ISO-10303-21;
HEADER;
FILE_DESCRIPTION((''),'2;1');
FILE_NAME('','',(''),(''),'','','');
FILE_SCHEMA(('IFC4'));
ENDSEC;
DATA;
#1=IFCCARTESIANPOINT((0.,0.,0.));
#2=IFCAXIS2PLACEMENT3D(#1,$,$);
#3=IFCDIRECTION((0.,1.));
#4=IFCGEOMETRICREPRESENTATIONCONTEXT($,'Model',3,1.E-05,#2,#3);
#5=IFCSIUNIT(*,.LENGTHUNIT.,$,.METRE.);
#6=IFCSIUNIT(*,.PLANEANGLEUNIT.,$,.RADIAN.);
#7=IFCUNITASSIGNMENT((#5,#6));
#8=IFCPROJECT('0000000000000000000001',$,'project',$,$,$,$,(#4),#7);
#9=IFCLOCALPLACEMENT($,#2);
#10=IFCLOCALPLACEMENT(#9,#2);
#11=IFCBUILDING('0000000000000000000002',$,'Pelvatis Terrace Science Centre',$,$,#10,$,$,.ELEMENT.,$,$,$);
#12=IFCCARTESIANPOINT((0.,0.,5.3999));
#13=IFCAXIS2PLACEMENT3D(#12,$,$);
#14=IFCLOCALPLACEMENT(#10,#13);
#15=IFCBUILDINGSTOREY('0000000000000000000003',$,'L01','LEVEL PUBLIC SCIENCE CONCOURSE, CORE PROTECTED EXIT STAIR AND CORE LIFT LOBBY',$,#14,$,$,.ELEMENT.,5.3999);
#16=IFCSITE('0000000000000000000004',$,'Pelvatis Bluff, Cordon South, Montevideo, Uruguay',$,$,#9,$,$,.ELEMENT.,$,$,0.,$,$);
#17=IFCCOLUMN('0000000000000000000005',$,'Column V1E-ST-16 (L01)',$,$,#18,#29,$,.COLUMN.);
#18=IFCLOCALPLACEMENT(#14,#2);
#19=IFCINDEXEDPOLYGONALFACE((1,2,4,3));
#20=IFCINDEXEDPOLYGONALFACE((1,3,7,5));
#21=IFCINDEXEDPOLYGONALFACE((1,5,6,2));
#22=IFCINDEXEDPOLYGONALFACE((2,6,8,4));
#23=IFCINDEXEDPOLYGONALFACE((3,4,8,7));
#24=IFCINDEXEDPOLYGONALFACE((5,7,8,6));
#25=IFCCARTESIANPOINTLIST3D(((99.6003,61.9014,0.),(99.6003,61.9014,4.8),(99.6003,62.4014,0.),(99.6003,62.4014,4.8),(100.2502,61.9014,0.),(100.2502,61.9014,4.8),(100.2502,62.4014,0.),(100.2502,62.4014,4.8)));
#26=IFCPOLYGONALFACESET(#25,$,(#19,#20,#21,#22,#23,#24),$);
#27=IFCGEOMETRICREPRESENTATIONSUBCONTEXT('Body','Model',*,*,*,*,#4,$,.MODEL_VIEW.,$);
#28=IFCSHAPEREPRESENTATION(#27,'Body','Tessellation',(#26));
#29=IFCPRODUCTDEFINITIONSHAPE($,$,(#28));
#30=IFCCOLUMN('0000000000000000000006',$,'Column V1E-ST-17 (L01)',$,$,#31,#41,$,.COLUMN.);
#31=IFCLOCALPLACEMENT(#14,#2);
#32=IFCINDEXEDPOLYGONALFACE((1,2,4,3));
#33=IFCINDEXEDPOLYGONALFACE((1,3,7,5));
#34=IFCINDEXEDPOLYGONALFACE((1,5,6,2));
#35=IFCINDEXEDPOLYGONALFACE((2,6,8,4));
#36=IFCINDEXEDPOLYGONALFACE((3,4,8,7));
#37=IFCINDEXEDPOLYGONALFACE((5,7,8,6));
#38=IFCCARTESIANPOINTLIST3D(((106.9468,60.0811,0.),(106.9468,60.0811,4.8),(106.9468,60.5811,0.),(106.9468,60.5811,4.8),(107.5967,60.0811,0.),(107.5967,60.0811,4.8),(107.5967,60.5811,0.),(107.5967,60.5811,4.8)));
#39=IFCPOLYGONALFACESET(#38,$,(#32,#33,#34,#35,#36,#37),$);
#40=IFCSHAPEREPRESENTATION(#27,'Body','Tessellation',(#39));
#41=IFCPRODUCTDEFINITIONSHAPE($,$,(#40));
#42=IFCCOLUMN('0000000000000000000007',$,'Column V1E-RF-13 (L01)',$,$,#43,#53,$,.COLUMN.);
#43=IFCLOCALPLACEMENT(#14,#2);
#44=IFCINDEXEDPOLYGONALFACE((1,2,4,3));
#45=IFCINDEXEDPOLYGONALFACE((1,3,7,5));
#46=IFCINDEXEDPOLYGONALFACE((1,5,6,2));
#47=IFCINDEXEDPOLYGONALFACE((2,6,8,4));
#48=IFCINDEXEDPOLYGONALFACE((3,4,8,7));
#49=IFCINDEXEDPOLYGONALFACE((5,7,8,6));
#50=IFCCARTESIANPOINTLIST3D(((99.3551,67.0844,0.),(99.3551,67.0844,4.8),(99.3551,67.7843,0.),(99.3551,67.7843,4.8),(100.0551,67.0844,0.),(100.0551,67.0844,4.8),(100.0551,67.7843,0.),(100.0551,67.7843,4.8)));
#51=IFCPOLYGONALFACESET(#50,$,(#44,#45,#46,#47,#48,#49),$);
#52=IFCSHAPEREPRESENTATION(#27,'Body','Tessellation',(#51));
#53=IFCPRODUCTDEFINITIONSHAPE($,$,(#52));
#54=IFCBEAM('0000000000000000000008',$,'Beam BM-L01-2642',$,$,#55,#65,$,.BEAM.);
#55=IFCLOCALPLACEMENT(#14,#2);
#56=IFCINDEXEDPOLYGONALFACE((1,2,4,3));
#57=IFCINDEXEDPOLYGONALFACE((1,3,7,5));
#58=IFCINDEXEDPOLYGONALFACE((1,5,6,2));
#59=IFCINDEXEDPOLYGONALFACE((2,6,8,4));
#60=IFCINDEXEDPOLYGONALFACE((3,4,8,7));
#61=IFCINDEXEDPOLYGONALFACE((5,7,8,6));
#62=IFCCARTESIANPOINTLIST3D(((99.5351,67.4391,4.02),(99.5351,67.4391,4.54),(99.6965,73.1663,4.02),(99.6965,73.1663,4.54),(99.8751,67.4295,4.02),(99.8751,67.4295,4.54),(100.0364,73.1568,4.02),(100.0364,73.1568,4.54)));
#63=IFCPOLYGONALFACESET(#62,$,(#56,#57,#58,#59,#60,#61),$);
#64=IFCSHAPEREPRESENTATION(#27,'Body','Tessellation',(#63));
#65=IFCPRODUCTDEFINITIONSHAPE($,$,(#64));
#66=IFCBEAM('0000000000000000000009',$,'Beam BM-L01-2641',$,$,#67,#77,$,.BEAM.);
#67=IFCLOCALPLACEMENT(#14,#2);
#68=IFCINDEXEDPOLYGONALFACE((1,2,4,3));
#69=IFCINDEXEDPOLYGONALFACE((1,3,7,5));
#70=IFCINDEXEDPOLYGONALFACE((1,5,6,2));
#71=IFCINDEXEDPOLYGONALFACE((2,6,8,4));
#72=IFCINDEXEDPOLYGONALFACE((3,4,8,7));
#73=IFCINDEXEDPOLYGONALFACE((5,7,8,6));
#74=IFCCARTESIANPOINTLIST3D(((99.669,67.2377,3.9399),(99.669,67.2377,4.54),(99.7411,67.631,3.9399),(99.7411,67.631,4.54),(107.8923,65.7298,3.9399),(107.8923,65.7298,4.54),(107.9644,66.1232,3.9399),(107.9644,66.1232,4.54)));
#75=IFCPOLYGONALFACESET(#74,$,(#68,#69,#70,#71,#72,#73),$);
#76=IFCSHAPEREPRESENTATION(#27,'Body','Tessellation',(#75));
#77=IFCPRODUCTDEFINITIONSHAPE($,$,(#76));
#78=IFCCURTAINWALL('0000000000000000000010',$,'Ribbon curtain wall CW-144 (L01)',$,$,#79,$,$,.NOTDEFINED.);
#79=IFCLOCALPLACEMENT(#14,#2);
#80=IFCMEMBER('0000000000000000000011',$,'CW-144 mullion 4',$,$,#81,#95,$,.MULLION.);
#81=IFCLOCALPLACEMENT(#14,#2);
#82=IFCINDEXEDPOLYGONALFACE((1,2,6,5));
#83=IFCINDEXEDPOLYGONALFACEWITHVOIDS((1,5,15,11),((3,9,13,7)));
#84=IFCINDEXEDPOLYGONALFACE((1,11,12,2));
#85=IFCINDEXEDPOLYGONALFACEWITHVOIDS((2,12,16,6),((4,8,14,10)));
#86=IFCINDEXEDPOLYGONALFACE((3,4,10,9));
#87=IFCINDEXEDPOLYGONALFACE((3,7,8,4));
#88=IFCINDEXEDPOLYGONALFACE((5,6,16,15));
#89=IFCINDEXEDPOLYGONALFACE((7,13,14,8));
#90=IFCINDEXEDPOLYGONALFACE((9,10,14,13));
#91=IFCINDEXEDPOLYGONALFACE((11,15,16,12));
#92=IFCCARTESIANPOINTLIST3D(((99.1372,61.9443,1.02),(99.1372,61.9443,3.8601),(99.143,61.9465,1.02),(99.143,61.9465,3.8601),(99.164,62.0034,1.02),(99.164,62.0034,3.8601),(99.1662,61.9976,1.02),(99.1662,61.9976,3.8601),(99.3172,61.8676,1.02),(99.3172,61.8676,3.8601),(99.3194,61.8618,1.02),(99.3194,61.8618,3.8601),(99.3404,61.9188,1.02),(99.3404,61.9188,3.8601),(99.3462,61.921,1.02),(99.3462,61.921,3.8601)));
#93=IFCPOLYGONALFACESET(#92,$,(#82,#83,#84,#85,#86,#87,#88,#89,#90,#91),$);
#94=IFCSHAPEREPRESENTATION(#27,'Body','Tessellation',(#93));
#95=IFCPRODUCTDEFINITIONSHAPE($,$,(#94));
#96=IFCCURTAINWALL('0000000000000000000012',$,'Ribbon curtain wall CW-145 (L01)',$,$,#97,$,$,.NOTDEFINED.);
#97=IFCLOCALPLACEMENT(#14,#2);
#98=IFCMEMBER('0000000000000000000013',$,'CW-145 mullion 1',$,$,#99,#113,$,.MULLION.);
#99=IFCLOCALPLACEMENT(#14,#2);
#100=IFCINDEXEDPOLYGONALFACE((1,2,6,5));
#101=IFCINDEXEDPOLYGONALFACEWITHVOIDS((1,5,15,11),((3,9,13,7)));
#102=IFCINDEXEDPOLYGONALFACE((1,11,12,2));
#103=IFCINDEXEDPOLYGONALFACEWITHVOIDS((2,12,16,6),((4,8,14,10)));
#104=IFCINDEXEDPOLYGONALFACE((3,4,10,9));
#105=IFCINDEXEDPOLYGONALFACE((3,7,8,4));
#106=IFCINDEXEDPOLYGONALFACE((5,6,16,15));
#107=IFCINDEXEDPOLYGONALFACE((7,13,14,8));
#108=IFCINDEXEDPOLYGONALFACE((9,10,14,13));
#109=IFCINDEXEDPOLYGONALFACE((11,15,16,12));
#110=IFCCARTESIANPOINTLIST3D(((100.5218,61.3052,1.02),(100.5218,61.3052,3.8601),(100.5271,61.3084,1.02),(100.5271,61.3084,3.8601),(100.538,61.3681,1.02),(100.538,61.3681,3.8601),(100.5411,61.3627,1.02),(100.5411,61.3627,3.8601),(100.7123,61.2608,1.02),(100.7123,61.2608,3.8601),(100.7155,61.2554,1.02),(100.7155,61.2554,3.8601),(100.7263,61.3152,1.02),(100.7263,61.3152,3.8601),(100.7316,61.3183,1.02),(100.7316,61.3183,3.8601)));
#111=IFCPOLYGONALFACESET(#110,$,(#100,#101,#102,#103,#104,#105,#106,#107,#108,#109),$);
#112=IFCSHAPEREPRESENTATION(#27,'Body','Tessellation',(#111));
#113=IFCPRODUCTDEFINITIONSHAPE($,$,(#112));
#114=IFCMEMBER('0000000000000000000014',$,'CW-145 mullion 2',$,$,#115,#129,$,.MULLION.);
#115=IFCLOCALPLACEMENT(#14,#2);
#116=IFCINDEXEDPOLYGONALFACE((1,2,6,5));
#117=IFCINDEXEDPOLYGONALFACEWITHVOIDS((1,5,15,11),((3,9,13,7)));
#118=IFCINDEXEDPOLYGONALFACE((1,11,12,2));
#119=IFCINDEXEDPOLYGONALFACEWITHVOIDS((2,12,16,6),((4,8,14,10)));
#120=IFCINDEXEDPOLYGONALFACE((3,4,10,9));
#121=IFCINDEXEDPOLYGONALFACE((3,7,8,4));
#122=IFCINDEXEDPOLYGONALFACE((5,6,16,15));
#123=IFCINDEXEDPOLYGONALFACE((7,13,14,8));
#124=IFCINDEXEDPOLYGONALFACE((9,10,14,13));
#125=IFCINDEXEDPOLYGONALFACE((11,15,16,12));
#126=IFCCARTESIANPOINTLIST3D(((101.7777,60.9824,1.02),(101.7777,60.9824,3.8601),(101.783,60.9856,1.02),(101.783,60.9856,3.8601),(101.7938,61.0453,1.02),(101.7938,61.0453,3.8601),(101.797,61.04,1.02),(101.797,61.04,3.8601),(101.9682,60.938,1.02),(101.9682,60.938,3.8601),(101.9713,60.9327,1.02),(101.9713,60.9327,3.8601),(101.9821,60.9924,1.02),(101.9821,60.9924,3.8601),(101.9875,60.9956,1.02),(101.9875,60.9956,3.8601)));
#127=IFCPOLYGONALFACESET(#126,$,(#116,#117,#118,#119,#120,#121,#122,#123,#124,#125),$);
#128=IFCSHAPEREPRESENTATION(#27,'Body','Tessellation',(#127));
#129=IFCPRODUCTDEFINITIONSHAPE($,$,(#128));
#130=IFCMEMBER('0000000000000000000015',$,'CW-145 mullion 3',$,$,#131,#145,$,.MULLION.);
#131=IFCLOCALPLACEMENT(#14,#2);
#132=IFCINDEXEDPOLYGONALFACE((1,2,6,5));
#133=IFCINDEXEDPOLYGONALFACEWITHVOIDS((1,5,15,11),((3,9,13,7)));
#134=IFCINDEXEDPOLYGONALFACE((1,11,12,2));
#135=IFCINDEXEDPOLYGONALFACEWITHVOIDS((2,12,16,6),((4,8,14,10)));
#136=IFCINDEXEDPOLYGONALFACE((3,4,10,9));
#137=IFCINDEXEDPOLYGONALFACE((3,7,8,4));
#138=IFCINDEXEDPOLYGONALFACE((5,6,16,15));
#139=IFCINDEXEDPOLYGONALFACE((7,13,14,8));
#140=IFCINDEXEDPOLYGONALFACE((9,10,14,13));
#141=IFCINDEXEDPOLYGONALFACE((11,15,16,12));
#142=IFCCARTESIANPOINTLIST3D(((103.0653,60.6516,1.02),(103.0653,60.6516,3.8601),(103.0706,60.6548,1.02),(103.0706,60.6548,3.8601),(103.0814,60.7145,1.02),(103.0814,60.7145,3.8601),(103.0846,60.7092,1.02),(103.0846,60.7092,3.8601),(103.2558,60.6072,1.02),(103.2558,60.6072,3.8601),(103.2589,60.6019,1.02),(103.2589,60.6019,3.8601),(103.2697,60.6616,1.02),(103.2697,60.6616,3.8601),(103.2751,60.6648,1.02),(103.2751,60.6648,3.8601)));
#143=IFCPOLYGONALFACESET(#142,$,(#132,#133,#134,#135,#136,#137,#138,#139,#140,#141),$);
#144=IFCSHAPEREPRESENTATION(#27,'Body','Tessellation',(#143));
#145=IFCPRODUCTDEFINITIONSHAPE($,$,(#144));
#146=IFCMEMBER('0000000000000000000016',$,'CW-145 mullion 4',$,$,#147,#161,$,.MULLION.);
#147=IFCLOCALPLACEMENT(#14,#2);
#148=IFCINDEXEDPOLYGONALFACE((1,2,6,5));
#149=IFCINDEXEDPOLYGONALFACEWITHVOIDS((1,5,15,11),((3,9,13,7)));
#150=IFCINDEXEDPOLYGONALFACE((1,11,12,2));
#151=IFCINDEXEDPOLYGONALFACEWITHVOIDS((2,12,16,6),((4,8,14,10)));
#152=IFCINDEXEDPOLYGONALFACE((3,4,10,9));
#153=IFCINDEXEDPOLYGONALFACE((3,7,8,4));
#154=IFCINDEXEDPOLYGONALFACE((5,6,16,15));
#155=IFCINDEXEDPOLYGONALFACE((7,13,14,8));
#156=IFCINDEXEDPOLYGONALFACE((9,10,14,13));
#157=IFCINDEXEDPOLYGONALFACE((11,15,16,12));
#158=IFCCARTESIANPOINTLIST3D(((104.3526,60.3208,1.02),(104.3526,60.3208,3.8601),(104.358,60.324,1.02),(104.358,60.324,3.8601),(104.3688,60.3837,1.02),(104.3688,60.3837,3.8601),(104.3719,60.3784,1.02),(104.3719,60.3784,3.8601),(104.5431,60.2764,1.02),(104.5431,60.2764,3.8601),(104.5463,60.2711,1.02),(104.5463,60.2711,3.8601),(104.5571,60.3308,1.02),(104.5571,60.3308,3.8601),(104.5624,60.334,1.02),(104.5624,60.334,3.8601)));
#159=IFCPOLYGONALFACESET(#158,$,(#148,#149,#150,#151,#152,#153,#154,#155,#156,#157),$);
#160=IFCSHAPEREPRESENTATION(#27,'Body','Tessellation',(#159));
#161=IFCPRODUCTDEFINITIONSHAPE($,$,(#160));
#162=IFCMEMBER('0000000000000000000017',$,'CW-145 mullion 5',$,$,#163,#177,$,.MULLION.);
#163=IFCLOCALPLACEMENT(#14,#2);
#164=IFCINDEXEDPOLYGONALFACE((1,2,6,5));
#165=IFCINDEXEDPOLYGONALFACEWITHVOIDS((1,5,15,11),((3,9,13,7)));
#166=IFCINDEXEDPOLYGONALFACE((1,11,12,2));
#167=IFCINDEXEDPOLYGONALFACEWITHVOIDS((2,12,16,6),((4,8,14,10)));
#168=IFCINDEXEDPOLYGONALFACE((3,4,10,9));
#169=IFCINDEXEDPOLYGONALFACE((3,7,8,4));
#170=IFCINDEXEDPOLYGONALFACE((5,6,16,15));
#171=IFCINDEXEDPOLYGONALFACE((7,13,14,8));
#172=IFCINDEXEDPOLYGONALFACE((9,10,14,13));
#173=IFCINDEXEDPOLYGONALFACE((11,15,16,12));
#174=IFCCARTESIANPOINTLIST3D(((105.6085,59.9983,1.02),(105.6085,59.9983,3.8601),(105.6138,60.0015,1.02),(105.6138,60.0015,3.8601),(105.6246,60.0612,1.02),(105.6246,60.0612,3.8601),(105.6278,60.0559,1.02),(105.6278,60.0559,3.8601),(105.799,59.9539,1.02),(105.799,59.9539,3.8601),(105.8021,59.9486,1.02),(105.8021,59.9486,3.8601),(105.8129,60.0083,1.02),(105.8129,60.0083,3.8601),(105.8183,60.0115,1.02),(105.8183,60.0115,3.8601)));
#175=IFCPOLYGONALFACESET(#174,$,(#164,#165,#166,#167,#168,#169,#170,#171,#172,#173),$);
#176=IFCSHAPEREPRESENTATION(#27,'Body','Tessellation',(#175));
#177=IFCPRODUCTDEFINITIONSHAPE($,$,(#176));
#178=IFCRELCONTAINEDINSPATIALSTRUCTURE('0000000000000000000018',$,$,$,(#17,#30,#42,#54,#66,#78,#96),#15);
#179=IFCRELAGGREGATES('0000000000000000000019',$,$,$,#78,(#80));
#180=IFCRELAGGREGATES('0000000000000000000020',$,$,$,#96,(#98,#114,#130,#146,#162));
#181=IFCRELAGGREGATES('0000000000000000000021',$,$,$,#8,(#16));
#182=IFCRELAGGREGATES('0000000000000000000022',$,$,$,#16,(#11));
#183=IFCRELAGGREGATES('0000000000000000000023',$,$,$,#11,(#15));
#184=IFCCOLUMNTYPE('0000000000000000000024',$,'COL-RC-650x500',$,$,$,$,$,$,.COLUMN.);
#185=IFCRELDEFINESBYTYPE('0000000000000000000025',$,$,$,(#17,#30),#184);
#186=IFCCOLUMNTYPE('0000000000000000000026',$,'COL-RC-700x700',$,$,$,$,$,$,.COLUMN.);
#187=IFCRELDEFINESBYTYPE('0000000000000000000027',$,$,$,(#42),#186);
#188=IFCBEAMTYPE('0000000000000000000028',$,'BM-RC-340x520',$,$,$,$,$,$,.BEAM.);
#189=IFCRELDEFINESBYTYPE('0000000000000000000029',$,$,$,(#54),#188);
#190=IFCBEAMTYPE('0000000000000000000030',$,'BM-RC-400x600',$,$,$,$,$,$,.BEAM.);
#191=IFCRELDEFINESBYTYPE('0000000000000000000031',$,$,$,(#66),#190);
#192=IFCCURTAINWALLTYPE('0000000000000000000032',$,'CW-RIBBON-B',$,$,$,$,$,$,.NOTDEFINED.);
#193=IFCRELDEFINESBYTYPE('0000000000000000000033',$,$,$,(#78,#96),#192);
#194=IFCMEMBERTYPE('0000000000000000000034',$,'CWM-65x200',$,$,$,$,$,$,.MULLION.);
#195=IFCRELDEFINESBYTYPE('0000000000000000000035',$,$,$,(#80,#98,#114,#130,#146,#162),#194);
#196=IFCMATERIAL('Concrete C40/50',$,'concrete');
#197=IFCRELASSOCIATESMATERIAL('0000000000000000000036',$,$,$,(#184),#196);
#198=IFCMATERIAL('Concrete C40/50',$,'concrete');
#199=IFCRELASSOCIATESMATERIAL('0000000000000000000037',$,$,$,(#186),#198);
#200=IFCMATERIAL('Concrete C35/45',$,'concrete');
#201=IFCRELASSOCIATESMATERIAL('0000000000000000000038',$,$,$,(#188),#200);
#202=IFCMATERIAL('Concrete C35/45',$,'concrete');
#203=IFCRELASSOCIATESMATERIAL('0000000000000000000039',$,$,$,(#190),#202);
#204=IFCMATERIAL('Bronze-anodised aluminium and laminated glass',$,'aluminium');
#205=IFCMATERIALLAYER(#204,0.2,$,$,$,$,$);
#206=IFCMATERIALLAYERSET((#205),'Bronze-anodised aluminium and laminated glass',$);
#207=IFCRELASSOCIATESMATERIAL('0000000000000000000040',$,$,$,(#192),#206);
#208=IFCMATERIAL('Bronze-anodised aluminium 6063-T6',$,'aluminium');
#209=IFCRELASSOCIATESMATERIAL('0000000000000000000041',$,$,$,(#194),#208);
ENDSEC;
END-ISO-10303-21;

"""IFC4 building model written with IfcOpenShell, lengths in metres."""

from ifc_helpers import new_model, si_unit, direction, frame, origin, origin_2d, place, context, subcontext, project, spatial, rectangle, hollow_rectangle, extrude, material, layer, layer_set, material_profile, profile_set, type_object, element, aggregate, save


model = new_model("IFC4")

# Units and contexts
model_context = context("Model", 3, precision=1e-05, world=origin(), true_north=direction((0.0, 1.0)))
body_context = subcontext(model_context, "Body", "Model", "MODEL_VIEW")
ifc_project = project(units=[si_unit("LENGTHUNIT", "METRE"), si_unit("PLANEANGLEUNIT", "RADIAN")], contexts=[model_context])

# Site, building, storey
site_placement = place(None, origin())
site = spatial("IfcSite", under=ifc_project, at=site_placement, Name="Pelvatis Bluff, Cordon South, Montevideo, Uruguay", CompositionType="ELEMENT", RefElevation=0.0)
building_placement = place(site_placement, origin())
building = spatial("IfcBuilding", under=site, at=building_placement, Name="Pelvatis Terrace Science Centre", CompositionType="ELEMENT")
storey_placement = place(building_placement, frame((0.0, 0.0, 5.3999)))
storey = spatial("IfcBuildingStorey", under=building, at=storey_placement, Name="L01", Description="LEVEL PUBLIC SCIENCE CONCOURSE, CORE PROTECTED EXIT STAIR AND CORE LIFT LOBBY", CompositionType="ELEMENT", Elevation=5.3999)

# Columns
ifc_material_1 = material(Name="Concrete C40/50", Category="concrete")
ifc_material_profile_1 = material_profile(ifc_material_1, rectangle(XDim=0.6499, YDim=0.5, at=origin_2d()), Name="RC-COL 650x500")
ifc_profile_set_1 = profile_set([ifc_material_profile_1], Name="Concrete C40/50")
column_type_1 = type_object("IfcColumnType", Name="COL-RC-650x500", PredefinedType="COLUMN", material=ifc_profile_set_1)
for number, where, z_axis, x_axis, name in (
    (1, (99.9253, 62.1514, 0.0), (0.0, 0.0, 1.0), (1.0, 0.0, 0.0), "Column V1E-ST-16 (L01)"),
    (2, (107.2717, 60.3311, 0.0), (0.0, 0.0, 1.0), (1.0, 0.0, 0.0), "Column V1E-ST-17 (L01)"),
):
    element("IfcColumn", number, at=place(storey_placement, frame(where, z_axis=z_axis, x_axis=x_axis)), inside=storey, type_object=column_type_1, Name=name, PredefinedType="COLUMN", context=body_context, shape_type="SweptSolid", body=[
        extrude(rectangle(XDim=0.6499, YDim=0.5, at=origin_2d()), origin(), (0.0, 0.0, 1.0), 4.8),
    ])
ifc_material_2 = material(Name="Concrete C40/50", Category="concrete")
ifc_material_profile_2 = material_profile(ifc_material_2, rectangle(XDim=0.7, YDim=0.7, at=origin_2d()), Name="RC-COL 700x700")
ifc_profile_set_2 = profile_set([ifc_material_profile_2], Name="Concrete C40/50")
column_type_2 = type_object("IfcColumnType", Name="COL-RC-700x700", PredefinedType="COLUMN", material=ifc_profile_set_2)
column_placement = place(storey_placement, frame((99.7051, 67.4343, 0.0), z_axis=(0.0, 0.0, 1.0), x_axis=(1.0, 0.0, 0.0)))
element("IfcColumn", 3, at=column_placement, inside=storey, type_object=column_type_2, Name="Column V1E-RF-13 (L01)", PredefinedType="COLUMN", context=body_context, shape_type="SweptSolid", body=[
    extrude(rectangle(XDim=0.7, YDim=0.7, at=origin_2d()), origin(), (0.0, 0.0, 1.0), 4.8),
])

# Beams
ifc_material_3 = material(Name="Concrete C35/45", Category="concrete")
ifc_material_profile_3 = material_profile(ifc_material_3, rectangle(XDim=0.3401, YDim=0.52, at=origin_2d()), Name="RC-BM 340x520")
ifc_profile_set_3 = profile_set([ifc_material_profile_3], Name="Concrete C35/45")
beam_type_1 = type_object("IfcBeamType", Name="BM-RC-340x520", PredefinedType="BEAM", material=ifc_profile_set_3)
beam_1_placement = place(storey_placement, frame((99.7051, 67.4343, 4.28), z_axis=(0.028166, 0.999603, 0.0), x_axis=(-0.999603, 0.028166, 0.0)))
element("IfcBeam", 4, at=beam_1_placement, inside=storey, type_object=beam_type_1, Name="Beam BM-L01-2642", PredefinedType="BEAM", context=body_context, shape_type="SweptSolid", body=[
    extrude(rectangle(XDim=0.3401, YDim=0.52, at=origin_2d()), origin(), (0.0, 0.0, 1.0), 5.7295),
])
ifc_material_4 = material(Name="Concrete C35/45", Category="concrete")
ifc_material_profile_4 = material_profile(ifc_material_4, rectangle(XDim=0.3999, YDim=0.6001, at=origin_2d()), Name="RC-BM 400x600")
ifc_profile_set_4 = profile_set([ifc_material_profile_4], Name="Concrete C35/45")
beam_type_2 = type_object("IfcBeamType", Name="BM-RC-400x600", PredefinedType="BEAM", material=ifc_profile_set_4)
beam_2_placement = place(storey_placement, frame((99.7051, 67.4343, 4.24), z_axis=(0.983602, -0.180355, 0.0), x_axis=(0.180355, 0.983602, 0.0)))
element("IfcBeam", 5, at=beam_2_placement, inside=storey, type_object=beam_type_2, Name="Beam BM-L01-2641", PredefinedType="BEAM", context=body_context, shape_type="SweptSolid", body=[
    extrude(rectangle(XDim=0.3999, YDim=0.6001, at=origin_2d()), origin(), (0.0, 0.0, 1.0), 8.3604),
])

# Curtain wall, member
ifc_material_5 = material(Name="Bronze-anodised aluminium and laminated glass", Category="aluminium")
ifc_layer_1 = layer(ifc_material_5, 0.2)
ifc_layer_set_1 = layer_set([ifc_layer_1], Name="Bronze-anodised aluminium and laminated glass")
curtain_wall_type = type_object("IfcCurtainWallType", Name="CW-RIBBON-B", PredefinedType="NOTDEFINED", material=ifc_layer_set_1)
curtain_wall_1_placement = place(storey_placement, origin())
curtain_wall_1 = element("IfcCurtainWall", 6, at=curtain_wall_1_placement, inside=storey, type_object=curtain_wall_type, Name="Ribbon curtain wall CW-144 (L01)", PredefinedType="NOTDEFINED")
ifc_material_6 = material(Name="Bronze-anodised aluminium 6063-T6", Category="aluminium")
ifc_material_profile_5 = material_profile(ifc_material_6, hollow_rectangle(XDim=0.0649, YDim=0.2, WallThickness=0.0044, at=origin_2d()), Name="ALU-MUL 65x200")
ifc_profile_set_5 = profile_set([ifc_material_profile_5], Name="Bronze-anodised aluminium 6063-T6")
member_type_1 = type_object("IfcMemberType", Name="CWM-65x200", PredefinedType="MULLION", material=ifc_profile_set_5)
member_1_placement = place(storey_placement, frame((99.2417, 61.9326, 1.02), z_axis=(0.0, 0.0, 1.0), x_axis=(0.41243, 0.910989, 0.0)))
member_1 = element("IfcMember", 7, at=member_1_placement, type_object=member_type_1, Name="CW-144 mullion 4", PredefinedType="MULLION", context=body_context, shape_type="SweptSolid", body=[
    extrude(hollow_rectangle(XDim=0.0649, YDim=0.2, WallThickness=0.0044, at=origin_2d()), origin(), (0.0, 0.0, 1.0), 2.8401),
])

# Curtain wall, members
curtain_wall_2_placement = place(storey_placement, origin())
curtain_wall_2 = element("IfcCurtainWall", 8, at=curtain_wall_2_placement, inside=storey, type_object=curtain_wall_type, Name="Ribbon curtain wall CW-145 (L01)", PredefinedType="NOTDEFINED")
member_2_placement = place(storey_placement, frame((100.6267, 61.3118, 1.02), z_axis=(0.0, 0.0, 1.0), x_axis=(0.248855, 0.968541, 0.0)))
member_2 = element("IfcMember", 9, at=member_2_placement, type_object=member_type_1, Name="CW-145 mullion 1", PredefinedType="MULLION", context=body_context, shape_type="SweptSolid", body=[
    extrude(hollow_rectangle(XDim=0.0649, YDim=0.2, WallThickness=0.0044, at=origin_2d()), origin(), (0.0, 0.0, 1.0), 2.8401),
])
member_3_placement = place(storey_placement, frame((101.8826, 60.989, 1.02), z_axis=(0.0, 0.0, 1.0), x_axis=(0.248855, 0.968541, 0.0)))
member_3 = element("IfcMember", 10, at=member_3_placement, type_object=member_type_1, Name="CW-145 mullion 2", PredefinedType="MULLION", context=body_context, shape_type="SweptSolid", body=[
    extrude(hollow_rectangle(XDim=0.0649, YDim=0.2, WallThickness=0.0044, at=origin_2d()), origin(), (0.0, 0.0, 1.0), 2.8401),
])
member_4_placement = place(storey_placement, frame((103.1702, 60.6582, 1.02), z_axis=(0.0, 0.0, 1.0), x_axis=(0.248855, 0.968541, 0.0)))
member_4 = element("IfcMember", 11, at=member_4_placement, type_object=member_type_1, Name="CW-145 mullion 3", PredefinedType="MULLION", context=body_context, shape_type="SweptSolid", body=[
    extrude(hollow_rectangle(XDim=0.0649, YDim=0.2, WallThickness=0.0044, at=origin_2d()), origin(), (0.0, 0.0, 1.0), 2.8401),
])
member_5_placement = place(storey_placement, frame((104.4575, 60.3274, 1.02), z_axis=(0.0, 0.0, 1.0), x_axis=(0.248855, 0.968541, 0.0)))
member_5 = element("IfcMember", 12, at=member_5_placement, type_object=member_type_1, Name="CW-145 mullion 4", PredefinedType="MULLION", context=body_context, shape_type="SweptSolid", body=[
    extrude(hollow_rectangle(XDim=0.0649, YDim=0.2, WallThickness=0.0044, at=origin_2d()), origin(), (0.0, 0.0, 1.0), 2.8401),
])
member_6_placement = place(storey_placement, frame((105.7134, 60.0049, 1.02), z_axis=(0.0, 0.0, 1.0), x_axis=(0.248855, 0.968541, 0.0)))
member_6 = element("IfcMember", 13, at=member_6_placement, type_object=member_type_1, Name="CW-145 mullion 5", PredefinedType="MULLION", context=body_context, shape_type="SweptSolid", body=[
    extrude(hollow_rectangle(XDim=0.0649, YDim=0.2, WallThickness=0.0044, at=origin_2d()), origin(), (0.0, 0.0, 1.0), 2.8401),
])

aggregate(curtain_wall_1, [member_1])
aggregate(curtain_wall_2, [member_2, member_3, member_4, member_5, member_6])

save(model, "model.ifc")
